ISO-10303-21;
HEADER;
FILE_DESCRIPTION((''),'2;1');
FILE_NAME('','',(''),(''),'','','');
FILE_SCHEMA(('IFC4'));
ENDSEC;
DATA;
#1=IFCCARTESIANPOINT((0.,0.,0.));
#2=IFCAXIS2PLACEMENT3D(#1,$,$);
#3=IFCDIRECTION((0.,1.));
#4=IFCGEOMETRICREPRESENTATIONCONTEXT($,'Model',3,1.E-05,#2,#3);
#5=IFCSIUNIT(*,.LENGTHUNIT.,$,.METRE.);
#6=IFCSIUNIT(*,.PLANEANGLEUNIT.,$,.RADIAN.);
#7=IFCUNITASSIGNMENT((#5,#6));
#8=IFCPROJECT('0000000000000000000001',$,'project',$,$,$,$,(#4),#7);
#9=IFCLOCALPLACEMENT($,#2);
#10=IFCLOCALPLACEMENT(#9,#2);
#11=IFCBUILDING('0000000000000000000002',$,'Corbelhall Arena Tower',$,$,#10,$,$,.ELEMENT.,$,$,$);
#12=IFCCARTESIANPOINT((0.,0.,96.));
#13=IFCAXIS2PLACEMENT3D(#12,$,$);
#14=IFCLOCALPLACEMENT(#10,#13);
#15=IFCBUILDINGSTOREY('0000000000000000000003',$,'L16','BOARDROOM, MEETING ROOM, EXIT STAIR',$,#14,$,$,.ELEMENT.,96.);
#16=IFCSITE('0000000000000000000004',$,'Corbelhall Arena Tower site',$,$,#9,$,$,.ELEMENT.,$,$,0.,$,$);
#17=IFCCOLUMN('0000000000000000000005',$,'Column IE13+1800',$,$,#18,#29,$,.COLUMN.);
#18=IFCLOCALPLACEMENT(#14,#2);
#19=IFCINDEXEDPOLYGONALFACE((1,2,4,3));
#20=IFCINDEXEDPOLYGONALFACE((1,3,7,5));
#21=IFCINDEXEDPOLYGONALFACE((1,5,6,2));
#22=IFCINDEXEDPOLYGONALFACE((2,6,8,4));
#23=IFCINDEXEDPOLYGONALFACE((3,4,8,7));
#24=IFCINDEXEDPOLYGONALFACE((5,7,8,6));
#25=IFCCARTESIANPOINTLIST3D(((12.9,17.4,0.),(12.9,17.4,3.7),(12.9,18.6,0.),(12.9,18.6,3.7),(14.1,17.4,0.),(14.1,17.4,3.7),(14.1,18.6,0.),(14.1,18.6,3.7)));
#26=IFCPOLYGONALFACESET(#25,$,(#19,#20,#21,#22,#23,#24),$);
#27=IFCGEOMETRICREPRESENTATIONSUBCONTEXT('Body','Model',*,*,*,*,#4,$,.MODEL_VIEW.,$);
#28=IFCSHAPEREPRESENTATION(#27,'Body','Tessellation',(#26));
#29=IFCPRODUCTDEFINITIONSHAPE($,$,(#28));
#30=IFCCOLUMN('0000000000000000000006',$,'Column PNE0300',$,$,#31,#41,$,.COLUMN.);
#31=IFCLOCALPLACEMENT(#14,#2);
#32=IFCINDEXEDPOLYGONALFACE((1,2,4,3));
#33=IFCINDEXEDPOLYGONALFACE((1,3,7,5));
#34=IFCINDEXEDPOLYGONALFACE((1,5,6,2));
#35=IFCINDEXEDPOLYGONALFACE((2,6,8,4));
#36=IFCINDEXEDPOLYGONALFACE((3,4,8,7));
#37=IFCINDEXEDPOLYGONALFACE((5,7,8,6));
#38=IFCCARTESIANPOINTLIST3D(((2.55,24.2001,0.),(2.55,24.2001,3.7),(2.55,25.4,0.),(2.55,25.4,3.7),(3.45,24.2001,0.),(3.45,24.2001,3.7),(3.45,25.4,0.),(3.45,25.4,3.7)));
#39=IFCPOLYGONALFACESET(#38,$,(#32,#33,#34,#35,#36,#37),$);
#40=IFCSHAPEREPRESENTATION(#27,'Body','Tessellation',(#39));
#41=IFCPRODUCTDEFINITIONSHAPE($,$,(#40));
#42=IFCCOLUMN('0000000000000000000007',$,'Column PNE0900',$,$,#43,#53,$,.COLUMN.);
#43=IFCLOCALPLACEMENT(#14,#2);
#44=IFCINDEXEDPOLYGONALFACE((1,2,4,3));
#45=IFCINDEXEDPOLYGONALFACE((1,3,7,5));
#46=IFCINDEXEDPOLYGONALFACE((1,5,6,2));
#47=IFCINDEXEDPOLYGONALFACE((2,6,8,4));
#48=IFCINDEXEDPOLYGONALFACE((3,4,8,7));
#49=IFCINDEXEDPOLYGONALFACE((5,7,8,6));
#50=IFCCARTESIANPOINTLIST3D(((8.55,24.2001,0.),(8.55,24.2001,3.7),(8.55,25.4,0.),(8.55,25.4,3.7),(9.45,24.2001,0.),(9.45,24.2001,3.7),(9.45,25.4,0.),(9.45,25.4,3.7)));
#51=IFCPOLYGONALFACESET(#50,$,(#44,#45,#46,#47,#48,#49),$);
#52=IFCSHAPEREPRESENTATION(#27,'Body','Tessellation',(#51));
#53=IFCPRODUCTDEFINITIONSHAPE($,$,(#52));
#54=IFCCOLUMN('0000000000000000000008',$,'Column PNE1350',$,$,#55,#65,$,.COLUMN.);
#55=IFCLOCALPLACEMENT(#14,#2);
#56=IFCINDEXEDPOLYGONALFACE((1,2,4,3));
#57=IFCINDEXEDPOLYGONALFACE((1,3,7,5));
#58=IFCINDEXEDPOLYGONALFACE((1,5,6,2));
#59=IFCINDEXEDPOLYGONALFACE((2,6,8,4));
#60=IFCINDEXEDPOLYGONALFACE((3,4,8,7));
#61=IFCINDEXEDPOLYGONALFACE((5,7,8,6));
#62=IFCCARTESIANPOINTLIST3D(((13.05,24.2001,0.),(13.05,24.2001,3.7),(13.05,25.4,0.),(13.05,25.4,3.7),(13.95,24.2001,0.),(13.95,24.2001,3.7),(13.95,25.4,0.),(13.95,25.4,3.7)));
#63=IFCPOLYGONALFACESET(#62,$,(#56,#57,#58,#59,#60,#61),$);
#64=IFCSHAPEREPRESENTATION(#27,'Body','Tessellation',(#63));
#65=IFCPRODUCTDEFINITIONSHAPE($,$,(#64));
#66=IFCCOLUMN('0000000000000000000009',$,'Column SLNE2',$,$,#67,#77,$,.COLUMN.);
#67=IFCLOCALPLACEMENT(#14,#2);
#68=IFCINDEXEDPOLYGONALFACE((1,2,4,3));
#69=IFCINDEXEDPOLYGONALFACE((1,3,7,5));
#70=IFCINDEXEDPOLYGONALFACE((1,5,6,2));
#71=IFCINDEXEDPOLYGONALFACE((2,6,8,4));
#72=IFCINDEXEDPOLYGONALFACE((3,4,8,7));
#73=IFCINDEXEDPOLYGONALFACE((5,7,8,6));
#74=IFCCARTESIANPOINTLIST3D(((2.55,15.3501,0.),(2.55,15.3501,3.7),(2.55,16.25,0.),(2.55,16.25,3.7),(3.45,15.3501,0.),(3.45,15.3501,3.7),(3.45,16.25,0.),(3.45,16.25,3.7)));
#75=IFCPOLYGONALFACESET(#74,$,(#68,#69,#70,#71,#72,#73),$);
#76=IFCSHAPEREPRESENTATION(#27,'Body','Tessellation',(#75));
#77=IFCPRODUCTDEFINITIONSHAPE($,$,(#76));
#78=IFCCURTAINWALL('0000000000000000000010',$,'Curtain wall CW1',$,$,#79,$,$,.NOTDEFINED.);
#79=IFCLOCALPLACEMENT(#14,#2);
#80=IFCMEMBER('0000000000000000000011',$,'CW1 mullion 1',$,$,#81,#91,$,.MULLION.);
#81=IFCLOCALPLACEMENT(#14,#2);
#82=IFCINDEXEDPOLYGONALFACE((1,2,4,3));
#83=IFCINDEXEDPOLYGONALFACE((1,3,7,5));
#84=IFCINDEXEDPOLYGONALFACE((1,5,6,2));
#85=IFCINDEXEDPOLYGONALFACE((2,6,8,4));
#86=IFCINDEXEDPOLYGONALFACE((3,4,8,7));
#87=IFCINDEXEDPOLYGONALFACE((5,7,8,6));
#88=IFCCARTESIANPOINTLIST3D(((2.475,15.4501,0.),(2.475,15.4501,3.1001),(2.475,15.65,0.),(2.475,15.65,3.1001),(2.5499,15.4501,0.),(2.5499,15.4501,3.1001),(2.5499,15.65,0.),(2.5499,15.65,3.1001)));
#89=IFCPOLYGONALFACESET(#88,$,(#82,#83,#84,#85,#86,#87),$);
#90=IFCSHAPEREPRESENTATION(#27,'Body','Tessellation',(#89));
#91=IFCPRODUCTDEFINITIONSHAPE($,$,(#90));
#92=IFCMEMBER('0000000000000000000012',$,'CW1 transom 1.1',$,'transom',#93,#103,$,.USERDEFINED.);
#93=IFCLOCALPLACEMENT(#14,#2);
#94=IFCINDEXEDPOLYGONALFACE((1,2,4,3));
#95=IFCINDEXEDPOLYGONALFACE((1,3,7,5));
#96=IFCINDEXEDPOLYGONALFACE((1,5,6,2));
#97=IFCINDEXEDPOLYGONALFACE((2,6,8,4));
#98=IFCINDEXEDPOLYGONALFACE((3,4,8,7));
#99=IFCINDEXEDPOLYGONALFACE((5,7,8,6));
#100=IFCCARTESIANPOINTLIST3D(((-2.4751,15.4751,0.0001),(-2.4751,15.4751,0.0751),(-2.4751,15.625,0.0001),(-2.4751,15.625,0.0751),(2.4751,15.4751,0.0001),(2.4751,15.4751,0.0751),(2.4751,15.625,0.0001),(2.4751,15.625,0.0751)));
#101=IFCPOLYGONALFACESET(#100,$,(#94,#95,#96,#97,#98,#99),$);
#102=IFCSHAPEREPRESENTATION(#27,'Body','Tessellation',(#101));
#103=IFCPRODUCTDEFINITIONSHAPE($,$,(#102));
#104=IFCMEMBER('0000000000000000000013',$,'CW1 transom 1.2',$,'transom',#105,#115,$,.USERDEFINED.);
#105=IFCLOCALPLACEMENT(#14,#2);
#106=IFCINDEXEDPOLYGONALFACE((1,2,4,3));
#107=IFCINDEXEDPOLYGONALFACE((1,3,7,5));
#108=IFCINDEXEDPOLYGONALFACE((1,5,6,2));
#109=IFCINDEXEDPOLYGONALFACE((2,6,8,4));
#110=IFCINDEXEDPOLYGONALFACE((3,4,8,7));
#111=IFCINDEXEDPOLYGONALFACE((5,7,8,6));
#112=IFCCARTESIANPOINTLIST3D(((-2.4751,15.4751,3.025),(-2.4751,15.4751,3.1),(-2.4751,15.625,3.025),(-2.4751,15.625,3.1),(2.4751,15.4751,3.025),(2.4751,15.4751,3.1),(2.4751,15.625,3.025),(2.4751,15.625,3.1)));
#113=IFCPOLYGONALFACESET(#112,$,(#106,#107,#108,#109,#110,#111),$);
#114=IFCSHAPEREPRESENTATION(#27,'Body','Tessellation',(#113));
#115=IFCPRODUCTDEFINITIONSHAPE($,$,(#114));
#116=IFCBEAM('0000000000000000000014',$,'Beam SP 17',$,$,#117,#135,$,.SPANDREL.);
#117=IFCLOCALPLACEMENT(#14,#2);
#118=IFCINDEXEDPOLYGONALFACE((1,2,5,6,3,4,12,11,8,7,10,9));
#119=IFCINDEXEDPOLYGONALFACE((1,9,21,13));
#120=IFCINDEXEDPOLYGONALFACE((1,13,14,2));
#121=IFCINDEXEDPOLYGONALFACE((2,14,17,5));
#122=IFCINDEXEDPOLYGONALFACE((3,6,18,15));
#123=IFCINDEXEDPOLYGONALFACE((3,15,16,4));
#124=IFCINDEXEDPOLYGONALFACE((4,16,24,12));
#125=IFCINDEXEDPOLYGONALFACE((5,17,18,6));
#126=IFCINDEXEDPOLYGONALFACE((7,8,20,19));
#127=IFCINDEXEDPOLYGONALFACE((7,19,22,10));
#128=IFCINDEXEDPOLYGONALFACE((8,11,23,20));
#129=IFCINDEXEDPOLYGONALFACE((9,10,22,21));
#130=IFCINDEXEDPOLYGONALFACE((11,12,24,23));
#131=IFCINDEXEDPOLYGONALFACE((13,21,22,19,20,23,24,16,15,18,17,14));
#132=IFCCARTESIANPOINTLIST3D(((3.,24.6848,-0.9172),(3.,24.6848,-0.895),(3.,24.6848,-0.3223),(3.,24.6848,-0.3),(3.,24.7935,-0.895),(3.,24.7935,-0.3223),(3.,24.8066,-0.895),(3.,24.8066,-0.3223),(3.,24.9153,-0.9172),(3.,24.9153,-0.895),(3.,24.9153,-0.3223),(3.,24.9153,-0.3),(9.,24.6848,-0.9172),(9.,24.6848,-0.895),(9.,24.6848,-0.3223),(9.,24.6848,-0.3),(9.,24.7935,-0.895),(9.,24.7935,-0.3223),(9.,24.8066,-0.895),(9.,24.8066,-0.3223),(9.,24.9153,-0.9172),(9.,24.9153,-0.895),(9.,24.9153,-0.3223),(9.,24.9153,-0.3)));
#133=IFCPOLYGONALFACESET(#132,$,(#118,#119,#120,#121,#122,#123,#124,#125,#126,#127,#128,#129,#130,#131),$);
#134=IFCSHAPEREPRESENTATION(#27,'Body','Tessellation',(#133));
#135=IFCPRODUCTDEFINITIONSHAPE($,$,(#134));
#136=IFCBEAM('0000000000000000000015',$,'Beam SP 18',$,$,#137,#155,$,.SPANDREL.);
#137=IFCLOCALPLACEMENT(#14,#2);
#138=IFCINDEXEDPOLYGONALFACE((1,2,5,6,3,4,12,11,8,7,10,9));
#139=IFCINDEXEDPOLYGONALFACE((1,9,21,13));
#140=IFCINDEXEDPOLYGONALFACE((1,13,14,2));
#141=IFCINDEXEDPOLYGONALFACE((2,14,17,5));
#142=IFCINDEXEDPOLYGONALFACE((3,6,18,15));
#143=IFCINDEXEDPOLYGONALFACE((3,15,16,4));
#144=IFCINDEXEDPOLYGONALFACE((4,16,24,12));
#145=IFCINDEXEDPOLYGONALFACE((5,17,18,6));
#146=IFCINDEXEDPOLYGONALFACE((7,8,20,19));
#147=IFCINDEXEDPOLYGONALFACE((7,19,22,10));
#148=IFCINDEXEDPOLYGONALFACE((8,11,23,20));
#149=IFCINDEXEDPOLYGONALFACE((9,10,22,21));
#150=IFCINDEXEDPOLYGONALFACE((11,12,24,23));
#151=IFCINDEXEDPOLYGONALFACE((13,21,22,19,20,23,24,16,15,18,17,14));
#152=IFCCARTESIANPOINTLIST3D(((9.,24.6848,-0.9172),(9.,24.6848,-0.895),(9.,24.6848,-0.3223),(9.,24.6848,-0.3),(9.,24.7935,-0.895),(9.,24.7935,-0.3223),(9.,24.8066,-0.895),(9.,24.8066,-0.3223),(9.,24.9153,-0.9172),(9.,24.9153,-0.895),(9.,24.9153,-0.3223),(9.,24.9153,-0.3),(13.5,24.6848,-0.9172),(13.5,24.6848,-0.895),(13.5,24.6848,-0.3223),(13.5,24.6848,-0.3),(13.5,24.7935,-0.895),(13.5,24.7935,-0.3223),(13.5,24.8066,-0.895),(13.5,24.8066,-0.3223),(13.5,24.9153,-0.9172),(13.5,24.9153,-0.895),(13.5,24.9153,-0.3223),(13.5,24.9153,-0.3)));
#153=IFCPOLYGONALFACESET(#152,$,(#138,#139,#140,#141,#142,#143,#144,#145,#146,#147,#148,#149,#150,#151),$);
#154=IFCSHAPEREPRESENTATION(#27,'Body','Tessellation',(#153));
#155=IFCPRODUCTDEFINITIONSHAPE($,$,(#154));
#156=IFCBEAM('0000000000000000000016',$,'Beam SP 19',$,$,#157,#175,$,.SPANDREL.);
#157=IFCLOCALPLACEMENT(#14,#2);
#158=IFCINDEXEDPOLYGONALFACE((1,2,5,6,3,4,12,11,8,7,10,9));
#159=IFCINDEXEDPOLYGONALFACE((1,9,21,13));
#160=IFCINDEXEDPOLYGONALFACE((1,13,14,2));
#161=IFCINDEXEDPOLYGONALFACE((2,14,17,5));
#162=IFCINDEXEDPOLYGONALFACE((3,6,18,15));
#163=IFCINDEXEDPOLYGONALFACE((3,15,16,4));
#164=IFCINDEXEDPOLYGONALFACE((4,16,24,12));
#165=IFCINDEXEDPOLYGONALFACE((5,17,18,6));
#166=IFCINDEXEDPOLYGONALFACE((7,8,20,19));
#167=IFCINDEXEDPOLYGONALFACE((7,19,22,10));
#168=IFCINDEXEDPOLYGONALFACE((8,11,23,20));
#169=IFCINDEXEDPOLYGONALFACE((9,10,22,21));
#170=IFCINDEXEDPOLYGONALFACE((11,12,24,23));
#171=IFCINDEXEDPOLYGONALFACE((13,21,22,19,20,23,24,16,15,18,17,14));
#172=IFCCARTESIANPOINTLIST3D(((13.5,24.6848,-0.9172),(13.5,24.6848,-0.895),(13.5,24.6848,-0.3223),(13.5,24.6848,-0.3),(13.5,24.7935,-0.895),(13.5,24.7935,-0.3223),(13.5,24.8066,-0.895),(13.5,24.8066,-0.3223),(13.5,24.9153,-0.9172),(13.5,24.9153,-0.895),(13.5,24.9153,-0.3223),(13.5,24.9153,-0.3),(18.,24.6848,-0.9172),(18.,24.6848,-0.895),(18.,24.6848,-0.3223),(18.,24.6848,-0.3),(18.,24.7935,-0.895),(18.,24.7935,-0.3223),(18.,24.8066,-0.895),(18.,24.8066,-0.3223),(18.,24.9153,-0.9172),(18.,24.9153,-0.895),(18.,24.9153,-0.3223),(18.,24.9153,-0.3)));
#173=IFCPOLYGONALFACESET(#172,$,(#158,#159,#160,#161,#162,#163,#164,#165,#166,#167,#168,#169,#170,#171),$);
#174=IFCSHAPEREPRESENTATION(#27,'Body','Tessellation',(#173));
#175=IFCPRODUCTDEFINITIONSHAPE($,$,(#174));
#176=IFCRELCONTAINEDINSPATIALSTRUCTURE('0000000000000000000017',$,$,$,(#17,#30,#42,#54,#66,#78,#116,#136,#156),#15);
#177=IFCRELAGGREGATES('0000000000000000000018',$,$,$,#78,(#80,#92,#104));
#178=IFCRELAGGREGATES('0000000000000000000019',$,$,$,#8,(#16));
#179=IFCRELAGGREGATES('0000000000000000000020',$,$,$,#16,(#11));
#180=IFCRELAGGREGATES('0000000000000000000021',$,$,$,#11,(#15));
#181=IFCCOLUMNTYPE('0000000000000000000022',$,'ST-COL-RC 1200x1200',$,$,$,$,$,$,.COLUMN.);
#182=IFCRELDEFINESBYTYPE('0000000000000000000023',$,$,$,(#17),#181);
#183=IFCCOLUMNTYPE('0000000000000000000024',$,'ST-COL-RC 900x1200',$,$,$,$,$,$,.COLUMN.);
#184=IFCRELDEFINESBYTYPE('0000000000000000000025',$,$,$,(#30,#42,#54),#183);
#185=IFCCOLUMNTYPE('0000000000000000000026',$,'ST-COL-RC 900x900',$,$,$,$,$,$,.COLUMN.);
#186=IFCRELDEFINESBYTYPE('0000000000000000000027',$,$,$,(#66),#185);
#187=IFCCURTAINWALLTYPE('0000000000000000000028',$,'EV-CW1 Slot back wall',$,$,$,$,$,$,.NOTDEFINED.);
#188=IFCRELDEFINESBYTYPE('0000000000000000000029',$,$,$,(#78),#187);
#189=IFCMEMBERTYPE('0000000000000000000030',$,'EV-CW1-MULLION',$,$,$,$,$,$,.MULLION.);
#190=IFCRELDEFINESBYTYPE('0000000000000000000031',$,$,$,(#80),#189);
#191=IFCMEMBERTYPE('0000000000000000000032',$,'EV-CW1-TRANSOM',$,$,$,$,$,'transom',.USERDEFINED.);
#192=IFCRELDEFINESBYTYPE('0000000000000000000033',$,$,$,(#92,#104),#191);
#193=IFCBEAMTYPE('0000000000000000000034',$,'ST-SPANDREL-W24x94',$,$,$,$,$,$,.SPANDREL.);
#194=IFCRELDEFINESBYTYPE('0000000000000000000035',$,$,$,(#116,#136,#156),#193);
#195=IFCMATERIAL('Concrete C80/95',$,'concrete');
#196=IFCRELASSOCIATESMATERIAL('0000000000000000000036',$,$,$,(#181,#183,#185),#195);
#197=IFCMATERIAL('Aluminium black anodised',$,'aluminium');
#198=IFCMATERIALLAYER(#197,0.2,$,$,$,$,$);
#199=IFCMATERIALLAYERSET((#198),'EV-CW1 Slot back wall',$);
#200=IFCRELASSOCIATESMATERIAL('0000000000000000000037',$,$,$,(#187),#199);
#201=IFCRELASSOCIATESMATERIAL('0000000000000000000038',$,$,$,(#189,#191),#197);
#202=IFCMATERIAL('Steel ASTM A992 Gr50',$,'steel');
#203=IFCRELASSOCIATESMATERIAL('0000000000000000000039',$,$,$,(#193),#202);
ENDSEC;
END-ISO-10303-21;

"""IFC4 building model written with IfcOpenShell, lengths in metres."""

from ifc_helpers import new_model, si_unit, direction, frame, origin, origin_2d, place, context, subcontext, project, spatial, rectangle, i_section, extrude, material, layer, layer_set, material_profile, profile_set, type_object, element, aggregate, save


model = new_model("IFC4")

# Units and contexts
model_context = context("Model", 3, precision=1e-05, world=origin(), true_north=direction((0.0, 1.0)))
body_context = subcontext(model_context, "Body", "Model", "MODEL_VIEW")
ifc_project = project(units=[si_unit("LENGTHUNIT", "METRE"), si_unit("PLANEANGLEUNIT", "RADIAN")], contexts=[model_context])

# Site, building, storey
site_placement = place(None, origin())
site = spatial("IfcSite", under=ifc_project, at=site_placement, Name="Corbelhall Arena Tower site", CompositionType="ELEMENT", RefElevation=0.0)
building_placement = place(site_placement, origin())
building = spatial("IfcBuilding", under=site, at=building_placement, Name="Corbelhall Arena Tower", CompositionType="ELEMENT")
storey_placement = place(building_placement, frame((0.0, 0.0, 96.0)))
storey = spatial("IfcBuildingStorey", under=building, at=storey_placement, Name="L16", Description="BOARDROOM, MEETING ROOM, EXIT STAIR", CompositionType="ELEMENT", Elevation=96.0)

# Columns
ifc_material_1 = material(Name="Concrete C80/95", Category="concrete")
ifc_material_profile_1 = material_profile(ifc_material_1, rectangle(XDim=1.2, YDim=1.2, at=origin_2d()))
ifc_profile_set_1 = profile_set([ifc_material_profile_1], Name="Concrete C80/95")
column_type_1 = type_object("IfcColumnType", Name="ST-COL-RC 1200x1200", PredefinedType="COLUMN", material=ifc_profile_set_1)
column_1_placement = place(storey_placement, frame((13.5, 18.0, 0.0), z_axis=(0.0, 0.0, 1.0), x_axis=(1.0, 0.0, 0.0)))
element("IfcColumn", 1, at=column_1_placement, inside=storey, type_object=column_type_1, Name="Column IE13+1800", PredefinedType="COLUMN", context=body_context, shape_type="SweptSolid", body=[
    extrude(rectangle(XDim=1.2, YDim=1.2, at=origin_2d()), origin(), (0.0, 0.0, 1.0), 3.7),
])
ifc_material_profile_2 = material_profile(ifc_material_1, rectangle(XDim=0.8999, YDim=1.2, at=origin_2d()))
ifc_profile_set_2 = profile_set([ifc_material_profile_2], Name="Concrete C80/95")
column_type_2 = type_object("IfcColumnType", Name="ST-COL-RC 900x1200", PredefinedType="COLUMN", material=ifc_profile_set_2)
for number, where, z_axis, x_axis, name in (
    (2, (3.0, 24.8, 0.0), (0.0, 0.0, 1.0), (1.0, 0.0, 0.0), "Column PNE0300"),
    (3, (9.0, 24.8, 0.0), (0.0, 0.0, 1.0), (1.0, 0.0, 0.0), "Column PNE0900"),
    (4, (13.5, 24.8, 0.0), (0.0, 0.0, 1.0), (1.0, 0.0, 0.0), "Column PNE1350"),
):
    element("IfcColumn", number, at=place(storey_placement, frame(where, z_axis=z_axis, x_axis=x_axis)), inside=storey, type_object=column_type_2, Name=name, PredefinedType="COLUMN", context=body_context, shape_type="SweptSolid", body=[
        extrude(rectangle(XDim=0.8999, YDim=1.2, at=origin_2d()), origin(), (0.0, 0.0, 1.0), 3.7),
    ])
ifc_material_profile_3 = material_profile(ifc_material_1, rectangle(XDim=0.8999, YDim=0.8999, at=origin_2d()))
ifc_profile_set_3 = profile_set([ifc_material_profile_3], Name="Concrete C80/95")
column_type_3 = type_object("IfcColumnType", Name="ST-COL-RC 900x900", PredefinedType="COLUMN", material=ifc_profile_set_3)
column_2_placement = place(storey_placement, frame((3.0, 15.8, 0.0), z_axis=(0.0, 0.0, 1.0), x_axis=(1.0, 0.0, 0.0)))
element("IfcColumn", 5, at=column_2_placement, inside=storey, type_object=column_type_3, Name="Column SLNE2", PredefinedType="COLUMN", context=body_context, shape_type="SweptSolid", body=[
    extrude(rectangle(XDim=0.8999, YDim=0.8999, at=origin_2d()), origin(), (0.0, 0.0, 1.0), 3.7),
])

# Curtain wall, members
ifc_material_2 = material(Name="Aluminium black anodised", Category="aluminium")
ifc_layer_1 = layer(ifc_material_2, 0.2)
ifc_layer_set_1 = layer_set([ifc_layer_1], Name="EV-CW1 Slot back wall")
curtain_wall_type = type_object("IfcCurtainWallType", Name="EV-CW1 Slot back wall", PredefinedType="NOTDEFINED", material=ifc_layer_set_1)
curtain_wall_placement = place(storey_placement, origin())
curtain_wall = element("IfcCurtainWall", 6, at=curtain_wall_placement, inside=storey, type_object=curtain_wall_type, Name="Curtain wall CW1", PredefinedType="NOTDEFINED")
ifc_material_profile_4 = material_profile(ifc_material_2, rectangle(XDim=0.2, YDim=0.075, at=origin_2d()))
ifc_profile_set_4 = profile_set([ifc_material_profile_4], Name="Aluminium black anodised")
member_type_1 = type_object("IfcMemberType", Name="EV-CW1-MULLION", PredefinedType="MULLION", material=ifc_profile_set_4)
member_1_placement = place(storey_placement, frame((2.5125, 15.55, 0.0), z_axis=(0.0, 0.0, 1.0), x_axis=(0.0, -1.0, 0.0)))
member_1 = element("IfcMember", 7, at=member_1_placement, type_object=member_type_1, Name="CW1 mullion 1", PredefinedType="MULLION", context=body_context, shape_type="SweptSolid", body=[
    extrude(rectangle(XDim=0.2, YDim=0.075, at=origin_2d()), origin(), (0.0, 0.0, 1.0), 3.1001),
])
ifc_material_profile_5 = material_profile(ifc_material_2, rectangle(XDim=0.1499, YDim=0.075, at=origin_2d()))
ifc_profile_set_5 = profile_set([ifc_material_profile_5], Name="Aluminium black anodised")
member_type_2 = type_object("IfcMemberType", Name="EV-CW1-TRANSOM", ElementType="transom", PredefinedType="USERDEFINED", material=ifc_profile_set_5)
member_2_placement = place(storey_placement, frame((2.4751, 15.55, 0.0376), z_axis=(-1.0, 0.0, 0.0), x_axis=(0.0, -1.0, 0.0)))
member_2 = element("IfcMember", 8, at=member_2_placement, type_object=member_type_2, Name="CW1 transom 1.1", ObjectType="transom", PredefinedType="USERDEFINED", context=body_context, shape_type="SweptSolid", body=[
    extrude(rectangle(XDim=0.1499, YDim=0.075, at=origin_2d()), origin(), (0.0, 0.0, 1.0), 4.9502),
])
member_3_placement = place(storey_placement, frame((2.4751, 15.55, 3.0625), z_axis=(-1.0, 0.0, 0.0), x_axis=(0.0, -1.0, 0.0)))
member_3 = element("IfcMember", 9, at=member_3_placement, type_object=member_type_2, Name="CW1 transom 1.2", ObjectType="transom", PredefinedType="USERDEFINED", context=body_context, shape_type="SweptSolid", body=[
    extrude(rectangle(XDim=0.1499, YDim=0.075, at=origin_2d()), origin(), (0.0, 0.0, 1.0), 4.9502),
])

# Beams
ifc_material_3 = material(Name="Steel ASTM A992 Gr50", Category="steel")
ifc_material_profile_6 = material_profile(ifc_material_3, i_section(OverallWidth=0.2305, OverallDepth=0.6172, WebThickness=0.0132, FlangeThickness=0.0222, at=origin_2d()))
ifc_profile_set_6 = profile_set([ifc_material_profile_6], Name="Steel ASTM A992 Gr50")
beam_type_1 = type_object("IfcBeamType", Name="ST-SPANDREL-W24x94", PredefinedType="SPANDREL", material=ifc_profile_set_6)
beam_1_placement = place(storey_placement, frame((3.0, 24.8, -0.6086), z_axis=(1.0, 0.0, 0.0), x_axis=(0.0, 1.0, 0.0)))
element("IfcBeam", 10, at=beam_1_placement, inside=storey, type_object=beam_type_1, Name="Beam SP 17", PredefinedType="SPANDREL", context=body_context, shape_type="SweptSolid", body=[
    extrude(i_section(OverallWidth=0.2305, OverallDepth=0.6172, WebThickness=0.0132, FlangeThickness=0.0222, at=origin_2d()), origin(), (0.0, 0.0, 1.0), 6.0),
])
for number, where, z_axis, x_axis, name in (
    (11, (9.0, 24.8, -0.6086), (1.0, 0.0, 0.0), (0.0, 1.0, 0.0), "Beam SP 18"),
    (12, (13.5, 24.8, -0.6086), (1.0, 0.0, 0.0), (0.0, 1.0, 0.0), "Beam SP 19"),
):
    element("IfcBeam", number, at=place(storey_placement, frame(where, z_axis=z_axis, x_axis=x_axis)), inside=storey, type_object=beam_type_1, Name=name, PredefinedType="SPANDREL", context=body_context, shape_type="SweptSolid", body=[
        extrude(i_section(OverallWidth=0.2305, OverallDepth=0.6172, WebThickness=0.0132, FlangeThickness=0.0222, at=origin_2d()), origin(), (0.0, 0.0, 1.0), 4.5),
    ])

aggregate(curtain_wall, [member_1, member_2, member_3])

save(model, "model.ifc")
